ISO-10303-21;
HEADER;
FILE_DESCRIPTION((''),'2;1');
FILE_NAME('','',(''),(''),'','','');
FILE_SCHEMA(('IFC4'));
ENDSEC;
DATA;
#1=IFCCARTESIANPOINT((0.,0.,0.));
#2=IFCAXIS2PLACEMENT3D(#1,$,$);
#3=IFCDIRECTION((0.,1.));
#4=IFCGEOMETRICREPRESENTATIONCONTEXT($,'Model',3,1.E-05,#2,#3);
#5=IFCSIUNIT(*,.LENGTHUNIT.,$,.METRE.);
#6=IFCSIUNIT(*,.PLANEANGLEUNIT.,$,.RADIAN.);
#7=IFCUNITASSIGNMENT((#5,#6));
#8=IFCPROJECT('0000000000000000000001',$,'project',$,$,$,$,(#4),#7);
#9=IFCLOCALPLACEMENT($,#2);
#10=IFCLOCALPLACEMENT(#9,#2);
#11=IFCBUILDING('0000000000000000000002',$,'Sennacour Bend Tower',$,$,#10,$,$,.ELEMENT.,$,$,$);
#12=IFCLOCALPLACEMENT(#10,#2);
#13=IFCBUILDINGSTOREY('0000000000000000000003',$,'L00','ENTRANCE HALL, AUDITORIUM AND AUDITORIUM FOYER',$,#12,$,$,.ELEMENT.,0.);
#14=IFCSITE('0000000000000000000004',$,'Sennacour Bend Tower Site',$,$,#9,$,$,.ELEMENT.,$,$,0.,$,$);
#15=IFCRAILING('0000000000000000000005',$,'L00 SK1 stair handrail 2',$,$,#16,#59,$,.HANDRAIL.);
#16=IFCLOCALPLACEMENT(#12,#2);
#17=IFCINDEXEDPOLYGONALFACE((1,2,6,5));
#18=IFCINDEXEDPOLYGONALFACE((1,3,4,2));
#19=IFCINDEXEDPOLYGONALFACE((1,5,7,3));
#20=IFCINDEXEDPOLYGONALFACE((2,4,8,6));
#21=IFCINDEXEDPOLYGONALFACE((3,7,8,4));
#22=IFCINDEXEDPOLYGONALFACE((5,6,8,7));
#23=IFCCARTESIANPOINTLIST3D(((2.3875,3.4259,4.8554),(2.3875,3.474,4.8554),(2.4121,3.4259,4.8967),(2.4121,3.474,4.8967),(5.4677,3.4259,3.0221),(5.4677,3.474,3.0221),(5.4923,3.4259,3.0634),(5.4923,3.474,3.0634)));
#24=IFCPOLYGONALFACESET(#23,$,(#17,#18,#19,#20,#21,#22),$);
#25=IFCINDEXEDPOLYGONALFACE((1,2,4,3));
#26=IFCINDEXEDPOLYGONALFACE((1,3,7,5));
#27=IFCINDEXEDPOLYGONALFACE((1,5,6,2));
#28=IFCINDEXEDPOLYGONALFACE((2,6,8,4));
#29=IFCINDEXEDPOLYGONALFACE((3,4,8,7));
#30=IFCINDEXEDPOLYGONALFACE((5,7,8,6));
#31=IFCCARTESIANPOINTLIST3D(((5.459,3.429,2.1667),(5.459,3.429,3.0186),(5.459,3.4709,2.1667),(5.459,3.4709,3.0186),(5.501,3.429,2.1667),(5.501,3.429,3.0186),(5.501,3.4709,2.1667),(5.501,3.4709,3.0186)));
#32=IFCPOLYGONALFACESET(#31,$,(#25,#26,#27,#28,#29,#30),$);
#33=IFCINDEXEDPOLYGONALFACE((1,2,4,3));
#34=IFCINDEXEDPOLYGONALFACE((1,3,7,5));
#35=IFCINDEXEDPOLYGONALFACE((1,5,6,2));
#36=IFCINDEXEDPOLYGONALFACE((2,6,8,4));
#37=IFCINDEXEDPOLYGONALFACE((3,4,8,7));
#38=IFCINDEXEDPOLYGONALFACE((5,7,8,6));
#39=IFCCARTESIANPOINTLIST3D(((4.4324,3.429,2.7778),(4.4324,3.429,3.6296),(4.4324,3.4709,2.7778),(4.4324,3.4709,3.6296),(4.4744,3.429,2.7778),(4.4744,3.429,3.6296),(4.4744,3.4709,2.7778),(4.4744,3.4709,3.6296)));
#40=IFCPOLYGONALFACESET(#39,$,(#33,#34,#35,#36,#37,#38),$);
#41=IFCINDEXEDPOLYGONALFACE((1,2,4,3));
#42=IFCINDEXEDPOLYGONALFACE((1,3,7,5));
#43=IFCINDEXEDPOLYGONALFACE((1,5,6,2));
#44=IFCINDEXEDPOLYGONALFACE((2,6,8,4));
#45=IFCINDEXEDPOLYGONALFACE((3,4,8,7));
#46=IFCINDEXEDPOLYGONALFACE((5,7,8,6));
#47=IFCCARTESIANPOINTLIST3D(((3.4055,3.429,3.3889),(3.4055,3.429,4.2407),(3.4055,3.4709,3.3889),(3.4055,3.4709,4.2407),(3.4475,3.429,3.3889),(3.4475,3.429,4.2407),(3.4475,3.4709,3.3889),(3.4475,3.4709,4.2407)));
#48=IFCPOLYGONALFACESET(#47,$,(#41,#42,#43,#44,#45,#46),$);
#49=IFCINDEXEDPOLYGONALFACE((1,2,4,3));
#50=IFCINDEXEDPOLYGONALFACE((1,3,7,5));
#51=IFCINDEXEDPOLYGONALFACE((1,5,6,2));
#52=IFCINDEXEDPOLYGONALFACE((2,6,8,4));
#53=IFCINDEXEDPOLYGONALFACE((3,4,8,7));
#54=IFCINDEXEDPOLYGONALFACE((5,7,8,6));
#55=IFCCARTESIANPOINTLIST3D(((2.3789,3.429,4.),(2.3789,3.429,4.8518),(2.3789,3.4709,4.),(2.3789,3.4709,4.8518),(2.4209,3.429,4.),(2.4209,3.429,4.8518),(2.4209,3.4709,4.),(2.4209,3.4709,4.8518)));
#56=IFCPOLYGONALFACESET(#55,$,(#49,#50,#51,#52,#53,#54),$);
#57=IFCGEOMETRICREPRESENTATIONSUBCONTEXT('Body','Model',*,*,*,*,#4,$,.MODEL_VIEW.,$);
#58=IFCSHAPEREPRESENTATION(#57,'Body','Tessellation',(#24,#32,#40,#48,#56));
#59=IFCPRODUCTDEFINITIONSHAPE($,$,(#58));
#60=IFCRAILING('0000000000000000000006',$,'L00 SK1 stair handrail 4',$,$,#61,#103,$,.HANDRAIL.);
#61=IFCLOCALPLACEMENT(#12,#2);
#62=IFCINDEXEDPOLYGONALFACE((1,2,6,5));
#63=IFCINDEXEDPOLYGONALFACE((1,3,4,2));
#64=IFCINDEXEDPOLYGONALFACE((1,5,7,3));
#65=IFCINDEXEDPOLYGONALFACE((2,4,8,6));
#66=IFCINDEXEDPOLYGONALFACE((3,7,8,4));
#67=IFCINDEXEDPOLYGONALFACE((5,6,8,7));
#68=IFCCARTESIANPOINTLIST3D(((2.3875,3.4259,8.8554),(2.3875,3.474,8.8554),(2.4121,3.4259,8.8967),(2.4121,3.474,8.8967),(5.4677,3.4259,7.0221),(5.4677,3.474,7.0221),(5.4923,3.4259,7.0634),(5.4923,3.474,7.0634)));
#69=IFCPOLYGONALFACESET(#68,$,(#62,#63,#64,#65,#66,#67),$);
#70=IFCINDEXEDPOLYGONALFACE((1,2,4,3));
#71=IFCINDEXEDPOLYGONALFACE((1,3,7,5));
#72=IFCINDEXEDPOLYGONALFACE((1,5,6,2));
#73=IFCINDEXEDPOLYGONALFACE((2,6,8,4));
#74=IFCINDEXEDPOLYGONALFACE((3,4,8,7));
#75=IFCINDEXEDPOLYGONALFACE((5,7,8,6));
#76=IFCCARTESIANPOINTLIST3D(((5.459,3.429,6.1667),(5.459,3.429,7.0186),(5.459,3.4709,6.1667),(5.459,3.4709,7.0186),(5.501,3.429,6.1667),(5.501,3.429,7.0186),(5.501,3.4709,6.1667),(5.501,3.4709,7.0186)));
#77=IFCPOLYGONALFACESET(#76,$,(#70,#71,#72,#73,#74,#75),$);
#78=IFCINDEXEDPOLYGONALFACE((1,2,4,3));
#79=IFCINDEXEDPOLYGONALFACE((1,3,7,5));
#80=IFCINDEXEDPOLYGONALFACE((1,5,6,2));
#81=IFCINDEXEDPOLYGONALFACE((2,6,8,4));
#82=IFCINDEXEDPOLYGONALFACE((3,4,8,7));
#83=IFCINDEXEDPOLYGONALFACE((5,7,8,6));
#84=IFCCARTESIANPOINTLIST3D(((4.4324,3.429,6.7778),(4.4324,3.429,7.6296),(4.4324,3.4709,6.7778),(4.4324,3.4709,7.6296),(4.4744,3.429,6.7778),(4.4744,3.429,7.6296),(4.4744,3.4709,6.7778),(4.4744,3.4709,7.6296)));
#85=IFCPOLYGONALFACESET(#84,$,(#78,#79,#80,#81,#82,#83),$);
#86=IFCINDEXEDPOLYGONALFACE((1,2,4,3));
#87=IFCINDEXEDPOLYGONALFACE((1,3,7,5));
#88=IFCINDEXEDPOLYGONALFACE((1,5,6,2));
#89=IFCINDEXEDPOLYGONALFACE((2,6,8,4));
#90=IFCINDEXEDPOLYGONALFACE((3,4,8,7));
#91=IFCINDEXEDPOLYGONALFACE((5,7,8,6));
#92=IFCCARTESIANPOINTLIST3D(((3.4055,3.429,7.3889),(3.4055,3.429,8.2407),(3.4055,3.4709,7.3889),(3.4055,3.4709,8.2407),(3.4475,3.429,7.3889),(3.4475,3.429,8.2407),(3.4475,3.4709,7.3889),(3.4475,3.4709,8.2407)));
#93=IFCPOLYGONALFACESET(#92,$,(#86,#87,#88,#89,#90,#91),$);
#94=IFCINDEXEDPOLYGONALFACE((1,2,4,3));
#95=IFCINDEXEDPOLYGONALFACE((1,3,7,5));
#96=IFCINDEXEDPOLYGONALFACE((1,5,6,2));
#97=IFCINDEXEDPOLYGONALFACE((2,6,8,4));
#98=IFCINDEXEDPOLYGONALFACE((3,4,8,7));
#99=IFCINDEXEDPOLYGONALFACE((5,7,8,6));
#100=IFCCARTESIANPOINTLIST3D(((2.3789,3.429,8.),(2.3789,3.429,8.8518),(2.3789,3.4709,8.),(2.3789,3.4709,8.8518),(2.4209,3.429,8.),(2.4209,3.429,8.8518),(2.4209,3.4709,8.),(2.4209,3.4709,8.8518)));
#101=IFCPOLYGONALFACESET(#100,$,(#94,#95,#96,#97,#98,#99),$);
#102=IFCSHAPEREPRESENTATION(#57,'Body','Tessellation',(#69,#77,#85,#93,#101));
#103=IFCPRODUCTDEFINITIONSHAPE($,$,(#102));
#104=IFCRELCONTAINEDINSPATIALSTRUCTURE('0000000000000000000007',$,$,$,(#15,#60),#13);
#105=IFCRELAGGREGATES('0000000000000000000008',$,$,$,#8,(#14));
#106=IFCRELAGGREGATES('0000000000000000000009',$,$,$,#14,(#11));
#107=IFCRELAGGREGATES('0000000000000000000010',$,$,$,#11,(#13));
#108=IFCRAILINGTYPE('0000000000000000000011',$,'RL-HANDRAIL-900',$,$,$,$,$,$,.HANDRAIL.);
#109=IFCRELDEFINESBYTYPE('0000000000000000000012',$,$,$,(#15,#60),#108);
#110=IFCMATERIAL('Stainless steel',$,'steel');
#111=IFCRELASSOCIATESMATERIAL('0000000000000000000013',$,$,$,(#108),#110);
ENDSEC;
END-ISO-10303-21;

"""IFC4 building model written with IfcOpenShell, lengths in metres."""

from ifc_helpers import new_model, si_unit, direction, frame, origin, origin_2d, place, context, subcontext, project, spatial, rectangle, extrude, material, type_object, element, save


model = new_model("IFC4")

# Units and contexts
model_context = context("Model", 3, precision=1e-05, world=origin(), true_north=direction((0.0, 1.0)))
body_context = subcontext(model_context, "Body", "Model", "MODEL_VIEW")
ifc_project = project(units=[si_unit("LENGTHUNIT", "METRE"), si_unit("PLANEANGLEUNIT", "RADIAN")], contexts=[model_context])

# Site, building, storey
site_placement = place(None, origin())
site = spatial("IfcSite", under=ifc_project, at=site_placement, Name="Sennacour Bend Tower Site", CompositionType="ELEMENT", RefElevation=0.0)
building_placement = place(site_placement, origin())
building = spatial("IfcBuilding", under=site, at=building_placement, Name="Sennacour Bend Tower", CompositionType="ELEMENT")
storey_placement = place(building_placement, origin())
storey = spatial("IfcBuildingStorey", under=building, at=storey_placement, Name="L00", Description="ENTRANCE HALL, AUDITORIUM AND AUDITORIUM FOYER", CompositionType="ELEMENT", Elevation=0.0)

# Railings
ifc_material_1 = material(Name="Stainless steel", Category="steel")
railing_type_1 = type_object("IfcRailingType", Name="RL-HANDRAIL-900", PredefinedType="HANDRAIL", material=ifc_material_1)
for number, where, name in (
    (1, (5.48, 3.45, 2.1667), "L00 SK1 stair handrail 2"),
    (2, (5.48, 3.45, 6.1667), "L00 SK1 stair handrail 4"),
):
    element("IfcRailing", number, at=place(storey_placement, frame(where)), inside=storey, type_object=railing_type_1, Name=name, PredefinedType="HANDRAIL", context=body_context, shape_type="SweptSolid", body=[
        extrude(rectangle(XDim=0.0481, YDim=0.0481, at=origin_2d()), frame((0.0, 0.0, 0.876), z_axis=(-0.859309, 0.0, 0.511458), x_axis=(0.0, -1.0, 0.0)), (0.0, 0.0, 1.0), 3.5845),
        extrude(rectangle(XDim=0.042, YDim=0.042, at=origin_2d()), origin(), (0.0, 0.0, 1.0), 0.8518),
        extrude(rectangle(XDim=0.042, YDim=0.042, at=origin_2d()), frame((-1.0266, 0.0, 0.6111)), (0.0, 0.0, 1.0), 0.8518),
        extrude(rectangle(XDim=0.042, YDim=0.042, at=origin_2d()), frame((-2.0535, 0.0, 1.2222)), (0.0, 0.0, 1.0), 0.8518),
        extrude(rectangle(XDim=0.042, YDim=0.042, at=origin_2d()), frame((-3.0801, 0.0, 1.8333)), (0.0, 0.0, 1.0), 0.8518),
    ])

save(model, "model.ifc")
